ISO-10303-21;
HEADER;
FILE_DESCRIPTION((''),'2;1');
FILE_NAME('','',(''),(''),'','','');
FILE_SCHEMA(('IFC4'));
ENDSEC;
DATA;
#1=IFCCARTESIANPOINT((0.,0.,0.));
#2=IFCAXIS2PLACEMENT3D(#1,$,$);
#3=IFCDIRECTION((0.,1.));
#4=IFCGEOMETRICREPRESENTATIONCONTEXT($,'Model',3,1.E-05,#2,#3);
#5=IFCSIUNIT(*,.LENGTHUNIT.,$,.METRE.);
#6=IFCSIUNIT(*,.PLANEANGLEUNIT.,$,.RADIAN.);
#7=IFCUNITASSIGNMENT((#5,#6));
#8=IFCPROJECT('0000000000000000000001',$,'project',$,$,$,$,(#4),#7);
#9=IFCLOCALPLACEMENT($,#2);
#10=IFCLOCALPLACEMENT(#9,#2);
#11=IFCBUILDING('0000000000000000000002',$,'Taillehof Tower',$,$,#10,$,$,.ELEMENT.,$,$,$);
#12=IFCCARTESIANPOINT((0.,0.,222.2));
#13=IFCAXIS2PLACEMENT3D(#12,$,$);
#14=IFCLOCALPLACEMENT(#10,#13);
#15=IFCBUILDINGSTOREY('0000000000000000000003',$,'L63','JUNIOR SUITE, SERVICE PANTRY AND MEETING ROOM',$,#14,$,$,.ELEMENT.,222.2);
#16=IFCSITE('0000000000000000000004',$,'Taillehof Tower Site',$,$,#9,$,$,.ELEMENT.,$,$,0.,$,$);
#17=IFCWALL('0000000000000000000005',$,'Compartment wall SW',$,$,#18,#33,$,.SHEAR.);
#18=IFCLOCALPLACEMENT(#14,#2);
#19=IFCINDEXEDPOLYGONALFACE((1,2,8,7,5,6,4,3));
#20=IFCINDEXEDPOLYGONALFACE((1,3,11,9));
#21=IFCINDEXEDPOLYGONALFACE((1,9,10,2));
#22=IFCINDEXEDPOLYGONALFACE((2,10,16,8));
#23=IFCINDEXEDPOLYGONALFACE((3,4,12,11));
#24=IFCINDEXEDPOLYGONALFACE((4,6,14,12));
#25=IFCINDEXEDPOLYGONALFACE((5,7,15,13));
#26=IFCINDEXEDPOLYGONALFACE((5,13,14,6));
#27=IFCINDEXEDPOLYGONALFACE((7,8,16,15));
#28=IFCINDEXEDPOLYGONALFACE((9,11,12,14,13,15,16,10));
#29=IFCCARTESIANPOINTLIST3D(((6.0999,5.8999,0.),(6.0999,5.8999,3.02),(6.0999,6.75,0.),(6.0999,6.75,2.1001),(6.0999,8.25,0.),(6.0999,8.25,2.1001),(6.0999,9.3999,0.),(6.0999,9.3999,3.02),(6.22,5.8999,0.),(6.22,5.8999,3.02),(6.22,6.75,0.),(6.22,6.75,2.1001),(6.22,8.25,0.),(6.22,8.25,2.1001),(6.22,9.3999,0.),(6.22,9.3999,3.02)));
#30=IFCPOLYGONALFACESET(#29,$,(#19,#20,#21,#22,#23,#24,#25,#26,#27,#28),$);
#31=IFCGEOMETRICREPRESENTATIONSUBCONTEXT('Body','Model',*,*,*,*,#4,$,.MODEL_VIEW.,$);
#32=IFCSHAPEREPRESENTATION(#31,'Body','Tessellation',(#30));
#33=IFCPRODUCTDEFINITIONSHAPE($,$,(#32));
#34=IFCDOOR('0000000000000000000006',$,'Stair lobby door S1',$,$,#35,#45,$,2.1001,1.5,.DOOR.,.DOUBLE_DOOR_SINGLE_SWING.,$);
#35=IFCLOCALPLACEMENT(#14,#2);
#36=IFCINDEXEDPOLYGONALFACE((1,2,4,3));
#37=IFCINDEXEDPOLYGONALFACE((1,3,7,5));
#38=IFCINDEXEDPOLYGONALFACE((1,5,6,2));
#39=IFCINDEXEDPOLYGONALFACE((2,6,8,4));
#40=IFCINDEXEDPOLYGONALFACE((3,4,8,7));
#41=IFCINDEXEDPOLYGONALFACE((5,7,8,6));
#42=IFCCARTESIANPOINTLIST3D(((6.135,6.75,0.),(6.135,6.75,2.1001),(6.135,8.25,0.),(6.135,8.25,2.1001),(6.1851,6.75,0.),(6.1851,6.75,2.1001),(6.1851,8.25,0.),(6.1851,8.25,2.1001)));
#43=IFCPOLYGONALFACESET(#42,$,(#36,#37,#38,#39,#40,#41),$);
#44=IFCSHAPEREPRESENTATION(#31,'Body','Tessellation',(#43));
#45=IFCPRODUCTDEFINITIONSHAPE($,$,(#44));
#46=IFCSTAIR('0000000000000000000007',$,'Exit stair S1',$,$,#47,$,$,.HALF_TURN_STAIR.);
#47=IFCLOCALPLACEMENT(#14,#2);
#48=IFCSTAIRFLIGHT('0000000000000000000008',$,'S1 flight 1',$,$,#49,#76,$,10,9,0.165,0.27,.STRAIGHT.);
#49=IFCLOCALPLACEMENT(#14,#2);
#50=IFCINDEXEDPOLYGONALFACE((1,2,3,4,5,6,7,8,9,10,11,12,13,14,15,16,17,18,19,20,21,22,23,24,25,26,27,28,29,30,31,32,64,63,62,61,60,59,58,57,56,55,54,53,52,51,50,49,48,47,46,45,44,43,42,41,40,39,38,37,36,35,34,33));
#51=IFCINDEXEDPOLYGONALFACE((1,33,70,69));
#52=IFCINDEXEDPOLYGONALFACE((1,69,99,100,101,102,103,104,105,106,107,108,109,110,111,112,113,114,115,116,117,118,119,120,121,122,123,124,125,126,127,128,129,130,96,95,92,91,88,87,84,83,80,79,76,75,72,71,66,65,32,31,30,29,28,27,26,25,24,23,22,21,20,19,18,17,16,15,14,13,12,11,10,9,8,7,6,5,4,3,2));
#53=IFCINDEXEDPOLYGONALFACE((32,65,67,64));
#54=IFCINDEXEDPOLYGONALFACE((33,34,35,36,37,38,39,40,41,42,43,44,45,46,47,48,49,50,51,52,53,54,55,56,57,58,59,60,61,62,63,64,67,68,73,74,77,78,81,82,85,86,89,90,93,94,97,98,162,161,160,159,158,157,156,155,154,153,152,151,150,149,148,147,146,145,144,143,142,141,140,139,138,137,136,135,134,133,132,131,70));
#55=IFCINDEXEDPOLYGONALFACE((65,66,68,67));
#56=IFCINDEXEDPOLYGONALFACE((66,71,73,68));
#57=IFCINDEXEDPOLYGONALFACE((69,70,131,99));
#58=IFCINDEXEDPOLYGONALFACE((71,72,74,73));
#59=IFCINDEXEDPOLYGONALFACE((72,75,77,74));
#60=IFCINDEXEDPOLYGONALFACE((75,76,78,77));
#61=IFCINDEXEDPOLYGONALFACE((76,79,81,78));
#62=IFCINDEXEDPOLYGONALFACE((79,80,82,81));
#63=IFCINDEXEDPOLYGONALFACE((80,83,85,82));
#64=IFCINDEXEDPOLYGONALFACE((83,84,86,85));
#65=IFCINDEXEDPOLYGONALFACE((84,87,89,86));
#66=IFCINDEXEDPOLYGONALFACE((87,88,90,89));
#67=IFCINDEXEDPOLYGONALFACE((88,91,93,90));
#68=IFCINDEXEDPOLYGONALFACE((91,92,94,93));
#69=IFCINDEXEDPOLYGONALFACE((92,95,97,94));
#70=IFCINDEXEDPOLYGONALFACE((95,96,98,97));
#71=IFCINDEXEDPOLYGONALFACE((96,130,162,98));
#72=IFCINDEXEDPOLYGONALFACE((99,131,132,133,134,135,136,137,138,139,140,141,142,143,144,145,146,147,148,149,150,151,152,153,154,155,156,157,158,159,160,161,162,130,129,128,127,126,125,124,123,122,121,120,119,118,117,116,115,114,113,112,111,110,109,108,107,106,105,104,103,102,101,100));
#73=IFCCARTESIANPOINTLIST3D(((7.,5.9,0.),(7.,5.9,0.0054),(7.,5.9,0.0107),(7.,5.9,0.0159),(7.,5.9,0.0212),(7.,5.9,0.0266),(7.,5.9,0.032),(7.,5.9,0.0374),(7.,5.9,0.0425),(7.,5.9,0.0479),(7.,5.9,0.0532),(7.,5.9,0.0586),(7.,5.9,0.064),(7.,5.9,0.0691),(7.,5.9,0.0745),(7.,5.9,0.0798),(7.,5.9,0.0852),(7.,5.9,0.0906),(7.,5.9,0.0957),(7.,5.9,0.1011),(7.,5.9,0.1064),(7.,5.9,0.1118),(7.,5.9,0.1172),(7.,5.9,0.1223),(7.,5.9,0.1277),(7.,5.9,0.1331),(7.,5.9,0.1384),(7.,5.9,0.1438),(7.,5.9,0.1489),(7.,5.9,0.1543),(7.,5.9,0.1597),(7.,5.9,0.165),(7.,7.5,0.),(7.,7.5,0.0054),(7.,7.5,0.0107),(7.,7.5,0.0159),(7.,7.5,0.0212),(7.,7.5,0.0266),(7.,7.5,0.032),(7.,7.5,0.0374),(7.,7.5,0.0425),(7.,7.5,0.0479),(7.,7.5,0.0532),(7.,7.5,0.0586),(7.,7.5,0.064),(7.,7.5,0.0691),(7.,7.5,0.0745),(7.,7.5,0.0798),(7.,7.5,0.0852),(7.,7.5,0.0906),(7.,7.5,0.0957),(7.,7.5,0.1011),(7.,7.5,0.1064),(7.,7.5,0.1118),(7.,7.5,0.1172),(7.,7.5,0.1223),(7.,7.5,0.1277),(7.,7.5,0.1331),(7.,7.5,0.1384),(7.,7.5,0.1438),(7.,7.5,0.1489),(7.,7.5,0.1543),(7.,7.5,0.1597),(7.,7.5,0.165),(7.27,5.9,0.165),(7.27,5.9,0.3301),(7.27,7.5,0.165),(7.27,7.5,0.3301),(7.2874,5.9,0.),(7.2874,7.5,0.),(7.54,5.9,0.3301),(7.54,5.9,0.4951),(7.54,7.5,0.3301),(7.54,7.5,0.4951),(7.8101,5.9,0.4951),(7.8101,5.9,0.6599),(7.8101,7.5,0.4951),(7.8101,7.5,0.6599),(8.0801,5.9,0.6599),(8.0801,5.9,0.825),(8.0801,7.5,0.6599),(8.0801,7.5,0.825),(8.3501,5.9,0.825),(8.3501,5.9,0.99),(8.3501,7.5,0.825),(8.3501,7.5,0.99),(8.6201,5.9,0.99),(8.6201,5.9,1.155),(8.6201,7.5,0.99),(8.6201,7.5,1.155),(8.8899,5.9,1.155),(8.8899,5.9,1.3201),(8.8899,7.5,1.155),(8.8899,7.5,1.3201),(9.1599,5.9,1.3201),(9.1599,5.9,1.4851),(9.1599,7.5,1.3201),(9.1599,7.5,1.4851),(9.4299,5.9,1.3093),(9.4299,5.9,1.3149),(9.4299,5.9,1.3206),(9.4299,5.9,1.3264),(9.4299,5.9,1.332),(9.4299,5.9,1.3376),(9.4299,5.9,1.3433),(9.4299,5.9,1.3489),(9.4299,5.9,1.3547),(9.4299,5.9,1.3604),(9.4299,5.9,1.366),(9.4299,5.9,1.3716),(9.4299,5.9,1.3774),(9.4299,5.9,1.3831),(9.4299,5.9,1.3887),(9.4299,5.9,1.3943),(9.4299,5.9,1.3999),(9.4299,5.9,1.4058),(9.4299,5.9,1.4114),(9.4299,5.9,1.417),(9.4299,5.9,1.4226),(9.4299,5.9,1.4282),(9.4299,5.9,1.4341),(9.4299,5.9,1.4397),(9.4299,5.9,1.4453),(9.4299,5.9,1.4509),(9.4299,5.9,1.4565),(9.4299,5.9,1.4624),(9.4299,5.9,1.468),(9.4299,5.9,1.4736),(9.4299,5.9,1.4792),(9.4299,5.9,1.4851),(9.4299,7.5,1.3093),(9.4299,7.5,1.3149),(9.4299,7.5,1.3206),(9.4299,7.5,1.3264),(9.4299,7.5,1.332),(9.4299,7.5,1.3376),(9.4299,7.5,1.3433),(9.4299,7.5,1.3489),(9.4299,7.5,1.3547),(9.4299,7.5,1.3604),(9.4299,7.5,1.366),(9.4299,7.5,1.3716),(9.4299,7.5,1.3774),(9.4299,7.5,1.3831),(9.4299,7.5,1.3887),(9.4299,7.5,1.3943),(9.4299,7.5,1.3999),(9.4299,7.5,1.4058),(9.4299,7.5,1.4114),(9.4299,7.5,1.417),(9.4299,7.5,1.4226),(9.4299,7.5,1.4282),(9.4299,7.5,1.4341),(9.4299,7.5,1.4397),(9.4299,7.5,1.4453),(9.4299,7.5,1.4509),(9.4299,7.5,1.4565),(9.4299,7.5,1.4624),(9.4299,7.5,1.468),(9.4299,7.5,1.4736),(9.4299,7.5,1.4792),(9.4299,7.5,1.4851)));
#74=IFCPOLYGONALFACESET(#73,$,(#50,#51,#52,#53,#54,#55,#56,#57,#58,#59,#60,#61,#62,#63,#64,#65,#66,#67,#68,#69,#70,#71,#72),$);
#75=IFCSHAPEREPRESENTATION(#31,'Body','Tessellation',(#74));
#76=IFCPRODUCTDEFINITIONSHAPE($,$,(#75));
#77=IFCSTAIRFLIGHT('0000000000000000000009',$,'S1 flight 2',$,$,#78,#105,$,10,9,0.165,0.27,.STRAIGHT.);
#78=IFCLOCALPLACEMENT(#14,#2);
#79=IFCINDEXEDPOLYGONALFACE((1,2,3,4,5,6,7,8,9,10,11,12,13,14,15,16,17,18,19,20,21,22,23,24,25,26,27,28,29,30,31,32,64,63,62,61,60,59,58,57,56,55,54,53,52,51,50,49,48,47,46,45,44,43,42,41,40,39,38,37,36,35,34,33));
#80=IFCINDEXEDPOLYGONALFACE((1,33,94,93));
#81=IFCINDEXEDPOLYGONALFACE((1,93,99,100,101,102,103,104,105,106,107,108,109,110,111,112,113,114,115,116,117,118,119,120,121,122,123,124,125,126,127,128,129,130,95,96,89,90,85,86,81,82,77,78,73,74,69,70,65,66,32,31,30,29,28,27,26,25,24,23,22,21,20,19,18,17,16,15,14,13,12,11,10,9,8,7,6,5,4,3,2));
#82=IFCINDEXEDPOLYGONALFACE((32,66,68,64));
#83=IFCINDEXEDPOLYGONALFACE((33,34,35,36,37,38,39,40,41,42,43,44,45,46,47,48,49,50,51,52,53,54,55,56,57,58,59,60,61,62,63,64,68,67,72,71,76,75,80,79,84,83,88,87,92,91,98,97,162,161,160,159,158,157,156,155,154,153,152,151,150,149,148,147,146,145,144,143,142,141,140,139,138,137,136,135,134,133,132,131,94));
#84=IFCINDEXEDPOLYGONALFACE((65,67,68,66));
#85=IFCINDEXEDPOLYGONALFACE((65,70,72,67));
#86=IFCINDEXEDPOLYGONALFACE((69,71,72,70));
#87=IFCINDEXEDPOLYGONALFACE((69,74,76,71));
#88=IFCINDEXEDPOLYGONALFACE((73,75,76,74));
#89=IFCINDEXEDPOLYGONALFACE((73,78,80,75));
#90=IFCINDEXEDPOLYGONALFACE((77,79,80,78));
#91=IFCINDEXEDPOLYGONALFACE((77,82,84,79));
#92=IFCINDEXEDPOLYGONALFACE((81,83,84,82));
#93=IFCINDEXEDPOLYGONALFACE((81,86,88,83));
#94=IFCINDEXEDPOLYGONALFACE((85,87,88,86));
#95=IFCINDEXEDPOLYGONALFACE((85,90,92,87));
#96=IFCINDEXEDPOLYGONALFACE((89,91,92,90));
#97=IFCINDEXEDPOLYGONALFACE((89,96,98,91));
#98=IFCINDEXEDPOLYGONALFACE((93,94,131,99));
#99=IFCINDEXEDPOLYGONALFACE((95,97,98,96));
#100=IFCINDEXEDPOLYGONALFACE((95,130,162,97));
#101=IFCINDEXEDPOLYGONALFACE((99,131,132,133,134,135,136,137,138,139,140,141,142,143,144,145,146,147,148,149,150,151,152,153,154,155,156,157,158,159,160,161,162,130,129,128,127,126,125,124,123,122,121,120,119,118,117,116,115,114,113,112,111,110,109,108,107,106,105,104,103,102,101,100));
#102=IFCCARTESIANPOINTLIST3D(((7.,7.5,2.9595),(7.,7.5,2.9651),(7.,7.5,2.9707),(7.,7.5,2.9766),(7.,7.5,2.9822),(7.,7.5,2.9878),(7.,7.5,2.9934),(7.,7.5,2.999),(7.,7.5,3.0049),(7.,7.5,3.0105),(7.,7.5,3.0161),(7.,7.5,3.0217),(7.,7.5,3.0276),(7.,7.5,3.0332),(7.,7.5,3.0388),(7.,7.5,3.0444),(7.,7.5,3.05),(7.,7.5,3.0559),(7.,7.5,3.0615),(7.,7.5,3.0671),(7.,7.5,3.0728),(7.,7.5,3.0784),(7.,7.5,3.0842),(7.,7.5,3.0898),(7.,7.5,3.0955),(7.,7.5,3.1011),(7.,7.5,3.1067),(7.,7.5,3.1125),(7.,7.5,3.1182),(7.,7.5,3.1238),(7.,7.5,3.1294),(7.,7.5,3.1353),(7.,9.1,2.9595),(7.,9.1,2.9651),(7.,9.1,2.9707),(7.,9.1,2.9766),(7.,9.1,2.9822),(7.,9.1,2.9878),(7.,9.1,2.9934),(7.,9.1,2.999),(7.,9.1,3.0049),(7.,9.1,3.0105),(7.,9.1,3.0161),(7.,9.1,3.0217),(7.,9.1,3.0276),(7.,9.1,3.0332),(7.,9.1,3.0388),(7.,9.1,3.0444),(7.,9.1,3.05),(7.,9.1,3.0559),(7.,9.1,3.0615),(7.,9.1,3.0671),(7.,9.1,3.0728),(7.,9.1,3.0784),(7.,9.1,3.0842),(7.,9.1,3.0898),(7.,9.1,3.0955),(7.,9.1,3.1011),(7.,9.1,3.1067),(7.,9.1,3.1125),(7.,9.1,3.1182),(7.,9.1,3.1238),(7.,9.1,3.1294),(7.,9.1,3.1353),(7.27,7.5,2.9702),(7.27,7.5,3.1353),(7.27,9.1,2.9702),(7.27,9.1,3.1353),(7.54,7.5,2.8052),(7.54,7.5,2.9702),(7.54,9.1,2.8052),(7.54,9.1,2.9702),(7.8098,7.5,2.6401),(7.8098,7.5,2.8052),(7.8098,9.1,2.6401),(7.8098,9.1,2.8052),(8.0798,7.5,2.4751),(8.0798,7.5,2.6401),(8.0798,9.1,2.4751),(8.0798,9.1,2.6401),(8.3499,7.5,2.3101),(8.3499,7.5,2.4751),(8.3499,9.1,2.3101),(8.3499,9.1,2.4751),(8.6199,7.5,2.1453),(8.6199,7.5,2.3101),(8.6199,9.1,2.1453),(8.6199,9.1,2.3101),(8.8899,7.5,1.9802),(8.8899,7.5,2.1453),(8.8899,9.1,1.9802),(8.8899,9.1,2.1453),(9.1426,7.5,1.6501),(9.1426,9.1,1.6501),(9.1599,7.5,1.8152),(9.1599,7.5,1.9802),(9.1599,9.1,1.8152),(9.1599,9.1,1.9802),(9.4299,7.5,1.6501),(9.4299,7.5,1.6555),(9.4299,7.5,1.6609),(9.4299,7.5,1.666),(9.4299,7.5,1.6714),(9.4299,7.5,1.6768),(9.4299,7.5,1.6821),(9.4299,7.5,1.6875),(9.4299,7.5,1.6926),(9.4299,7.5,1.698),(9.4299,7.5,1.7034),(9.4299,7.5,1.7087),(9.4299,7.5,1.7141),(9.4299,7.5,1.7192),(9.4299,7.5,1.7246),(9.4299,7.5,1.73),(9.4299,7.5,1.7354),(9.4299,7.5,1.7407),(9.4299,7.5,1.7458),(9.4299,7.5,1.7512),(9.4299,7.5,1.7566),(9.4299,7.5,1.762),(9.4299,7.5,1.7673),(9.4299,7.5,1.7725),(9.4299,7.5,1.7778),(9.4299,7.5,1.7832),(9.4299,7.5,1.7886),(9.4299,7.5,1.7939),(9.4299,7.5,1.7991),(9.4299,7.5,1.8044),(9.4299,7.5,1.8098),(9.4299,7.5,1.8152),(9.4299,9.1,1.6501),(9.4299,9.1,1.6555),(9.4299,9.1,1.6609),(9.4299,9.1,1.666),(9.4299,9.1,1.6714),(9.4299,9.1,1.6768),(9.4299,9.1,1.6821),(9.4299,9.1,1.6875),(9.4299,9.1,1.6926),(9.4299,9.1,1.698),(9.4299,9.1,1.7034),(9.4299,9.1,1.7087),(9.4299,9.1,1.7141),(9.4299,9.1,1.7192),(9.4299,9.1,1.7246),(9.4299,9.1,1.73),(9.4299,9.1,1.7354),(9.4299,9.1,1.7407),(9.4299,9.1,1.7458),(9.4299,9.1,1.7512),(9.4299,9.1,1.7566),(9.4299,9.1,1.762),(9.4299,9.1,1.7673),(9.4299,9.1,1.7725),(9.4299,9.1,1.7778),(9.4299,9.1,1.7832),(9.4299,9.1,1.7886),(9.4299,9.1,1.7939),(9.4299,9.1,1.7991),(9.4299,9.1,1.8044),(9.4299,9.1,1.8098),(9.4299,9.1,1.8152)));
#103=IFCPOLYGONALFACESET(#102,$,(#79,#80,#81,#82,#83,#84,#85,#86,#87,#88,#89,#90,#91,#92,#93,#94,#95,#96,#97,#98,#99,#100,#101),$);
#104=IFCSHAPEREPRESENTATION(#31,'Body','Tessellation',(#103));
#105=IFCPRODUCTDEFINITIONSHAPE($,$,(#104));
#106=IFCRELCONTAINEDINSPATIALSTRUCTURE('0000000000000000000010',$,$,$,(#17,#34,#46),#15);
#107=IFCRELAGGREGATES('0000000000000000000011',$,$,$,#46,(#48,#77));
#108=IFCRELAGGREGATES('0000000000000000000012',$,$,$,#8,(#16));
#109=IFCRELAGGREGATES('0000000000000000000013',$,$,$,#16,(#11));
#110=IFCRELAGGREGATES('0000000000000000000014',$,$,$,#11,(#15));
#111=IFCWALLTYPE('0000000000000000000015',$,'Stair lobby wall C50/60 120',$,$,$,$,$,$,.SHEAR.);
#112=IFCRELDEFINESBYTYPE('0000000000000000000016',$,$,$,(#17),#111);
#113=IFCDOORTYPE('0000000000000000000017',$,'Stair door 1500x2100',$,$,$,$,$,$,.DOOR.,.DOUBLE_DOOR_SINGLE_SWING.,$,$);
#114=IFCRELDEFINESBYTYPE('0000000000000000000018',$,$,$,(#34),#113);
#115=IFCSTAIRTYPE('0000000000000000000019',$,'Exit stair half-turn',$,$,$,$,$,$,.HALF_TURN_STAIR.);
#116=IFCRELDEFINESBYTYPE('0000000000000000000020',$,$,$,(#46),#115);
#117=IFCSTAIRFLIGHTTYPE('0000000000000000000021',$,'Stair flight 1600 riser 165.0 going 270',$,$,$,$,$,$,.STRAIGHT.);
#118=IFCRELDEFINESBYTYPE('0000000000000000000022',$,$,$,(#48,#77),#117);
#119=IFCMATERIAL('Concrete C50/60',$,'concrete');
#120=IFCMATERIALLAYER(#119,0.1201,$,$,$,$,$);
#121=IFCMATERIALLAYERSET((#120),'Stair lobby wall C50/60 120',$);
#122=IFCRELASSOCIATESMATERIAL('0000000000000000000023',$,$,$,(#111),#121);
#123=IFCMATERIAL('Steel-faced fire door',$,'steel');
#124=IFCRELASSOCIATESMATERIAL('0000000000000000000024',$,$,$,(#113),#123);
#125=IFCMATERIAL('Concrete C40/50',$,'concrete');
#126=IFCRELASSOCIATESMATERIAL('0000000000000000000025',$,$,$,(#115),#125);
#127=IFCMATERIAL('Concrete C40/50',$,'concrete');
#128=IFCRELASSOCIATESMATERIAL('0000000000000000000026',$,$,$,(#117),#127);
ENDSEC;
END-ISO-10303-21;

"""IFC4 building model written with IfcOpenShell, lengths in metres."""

from ifc_helpers import new_model, si_unit, direction, frame, frame_2d, origin, place, context, subcontext, project, spatial, polyline, rectangle, outline, extrude, material, layer, layer_set, type_object, element, fill, aggregate, save


model = new_model("IFC4")

# Units and contexts
model_context = context("Model", 3, precision=1e-05, world=origin(), true_north=direction((0.0, 1.0)))
body_context = subcontext(model_context, "Body", "Model", "MODEL_VIEW")
ifc_project = project(units=[si_unit("LENGTHUNIT", "METRE"), si_unit("PLANEANGLEUNIT", "RADIAN")], contexts=[model_context])

# Site, building, storey
site_placement = place(None, origin())
site = spatial("IfcSite", under=ifc_project, at=site_placement, Name="Taillehof Tower Site", CompositionType="ELEMENT", RefElevation=0.0)
building_placement = place(site_placement, origin())
building = spatial("IfcBuilding", under=site, at=building_placement, Name="Taillehof Tower", CompositionType="ELEMENT")
storey_placement = place(building_placement, frame((0.0, 0.0, 222.2)))
storey = spatial("IfcBuildingStorey", under=building, at=storey_placement, Name="L63", Description="JUNIOR SUITE, SERVICE PANTRY AND MEETING ROOM", CompositionType="ELEMENT", Elevation=222.2)

# Wall, opening, door
ifc_material_1 = material(Name="Concrete C50/60", Category="concrete")
ifc_layer_1 = layer(ifc_material_1, 0.1201)
ifc_layer_set_1 = layer_set([ifc_layer_1], Name="Stair lobby wall C50/60 120")
wall_type_1 = type_object("IfcWallType", Name="Stair lobby wall C50/60 120", PredefinedType="SHEAR", material=ifc_layer_set_1)
wall_1_placement = place(storey_placement, frame((6.1599, 5.8999, 0.0), z_axis=(0.0, 0.0, 1.0), x_axis=(0.0, 1.0, 0.0)))
wall_1 = element("IfcWall", 1, at=wall_1_placement, inside=storey, type_object=wall_type_1, Name="Compartment wall SW", PredefinedType="SHEAR", context=body_context, shape_type="SweptSolid", body=[
    extrude(rectangle(XDim=3.5, YDim=0.1201, at=frame_2d((1.75, 0.0))), origin(), (0.0, 0.0, 1.0), 3.02),
])
opening_1_placement = place(wall_1_placement, frame((0.8501, 0.0, 0.0)))
opening_1 = element("IfcOpeningElement", 2, at=opening_1_placement, cuts=wall_1, PredefinedType="OPENING", context=body_context, shape_type="SweptSolid", body=[
    extrude(rectangle(XDim=1.5, YDim=2.1001, at=frame_2d((0.75, 1.05))), frame((0.0, 0.0701, 0.0), z_axis=(0.0, -1.0, 0.0), x_axis=(1.0, 0.0, 0.0)), (0.0, 0.0, 1.0), 0.1401),
])
ifc_material_2 = material(Name="Steel-faced fire door", Category="steel")
door_type_1 = type_object("IfcDoorType", Name="Stair door 1500x2100", OperationType="DOUBLE_DOOR_SINGLE_SWING", PredefinedType="DOOR", material=ifc_material_2)
door_1_placement = place(opening_1_placement, origin())
door_1 = element("IfcDoor", 3, at=door_1_placement, inside=storey, type_object=door_type_1, Name="Stair lobby door S1", OperationType="DOUBLE_DOOR_SINGLE_SWING", OverallHeight=2.1001, OverallWidth=1.5, PredefinedType="DOOR", context=body_context, shape_type="SweptSolid", body=[
    extrude(rectangle(XDim=1.5, YDim=2.1001, at=frame_2d((0.75, 1.05))), frame((0.0, 0.0249, 0.0), z_axis=(0.0, -1.0, 0.0), x_axis=(1.0, 0.0, 0.0)), (0.0, 0.0, 1.0), 0.05),
])
fill(opening_1, door_1)

# Stair, stair flights
ifc_material_3 = material(Name="Concrete C40/50", Category="concrete")
stair_type = type_object("IfcStairType", Name="Exit stair half-turn", PredefinedType="HALF_TURN_STAIR", material=ifc_material_3)
stair_placement = place(storey_placement, origin())
stair = element("IfcStair", 4, at=stair_placement, inside=storey, type_object=stair_type, Name="Exit stair S1", PredefinedType="HALF_TURN_STAIR")
ifc_material_4 = material(Name="Concrete C40/50", Category="concrete")
stair_flight_type = type_object("IfcStairFlightType", Name="Stair flight 1600 riser 165.0 going 270", PredefinedType="STRAIGHT", material=ifc_material_4)
stair_flight_1_placement = place(storey_placement, frame((7.0, 6.7, 0.0), z_axis=(0.0, 0.0, 1.0), x_axis=(1.0, 0.0, 0.0)))
stair_flight_1 = element("IfcStairFlight", 5, at=stair_flight_1_placement, type_object=stair_flight_type, Name="S1 flight 1", NumberOfRisers=10, NumberOfTreads=9, PredefinedType="STRAIGHT", RiserHeight=0.165, TreadLength=0.27, context=body_context, shape_type="SweptSolid", body=[
    extrude(outline(polyline([(0.0, 0.0), (0.0, 0.0054), (0.0, 0.0107), (0.0, 0.0159), (0.0, 0.0212), (0.0, 0.0266), (0.0, 0.032), (0.0, 0.0374), (0.0, 0.0425), (0.0, 0.0479), (0.0, 0.0532), (0.0, 0.0586), (0.0, 0.064), (0.0, 0.0691), (0.0, 0.0745), (0.0, 0.0798), (0.0, 0.0852), (0.0, 0.0906), (0.0, 0.0957), (0.0, 0.1011), (0.0, 0.1064), (0.0, 0.1118), (0.0, 0.1172), (0.0, 0.1223), (0.0, 0.1277), (0.0, 0.1331), (0.0, 0.1384), (0.0, 0.1438), (0.0, 0.1489), (0.0, 0.1543), (0.0, 0.1597), (0.0, 0.165), (0.27, 0.165), (0.27, 0.3301), (0.54, 0.3301), (0.54, 0.4951), (0.8101, 0.4951), (0.8101, 0.6599), (1.0801, 0.6599), (1.0801, 0.825), (1.3501, 0.825), (1.3501, 0.99), (1.6201, 0.99), (1.6201, 1.155), (1.8899, 1.155), (1.8899, 1.3201), (2.1599, 1.3201), (2.1599, 1.4851), (2.4299, 1.4851), (2.4299, 1.4792), (2.4299, 1.4736), (2.4299, 1.468), (2.4299, 1.4624), (2.4299, 1.4565), (2.4299, 1.4509), (2.4299, 1.4453), (2.4299, 1.4397), (2.4299, 1.4341), (2.4299, 1.4282), (2.4299, 1.4226), (2.4299, 1.417), (2.4299, 1.4114), (2.4299, 1.4058), (2.4299, 1.3999), (2.4299, 1.3943), (2.4299, 1.3887), (2.4299, 1.3831), (2.4299, 1.3774), (2.4299, 1.3716), (2.4299, 1.366), (2.4299, 1.3604), (2.4299, 1.3547), (2.4299, 1.3489), (2.4299, 1.3433), (2.4299, 1.3376), (2.4299, 1.332), (2.4299, 1.3264), (2.4299, 1.3206), (2.4299, 1.3149), (2.4299, 1.3093), (0.2874, 0.0), (0.0, 0.0)])), frame((0.0, 0.8, 0.0), z_axis=(0.0, -1.0, 0.0), x_axis=(1.0, 0.0, 0.0)), (0.0, 0.0, 1.0), 1.6),
])
stair_flight_2_placement = place(storey_placement, frame((9.4299, 8.3, 1.6501), z_axis=(0.0, 0.0, 1.0), x_axis=(-1.0, 0.0, 0.0)))
stair_flight_2 = element("IfcStairFlight", 6, at=stair_flight_2_placement, type_object=stair_flight_type, Name="S1 flight 2", NumberOfRisers=10, NumberOfTreads=9, PredefinedType="STRAIGHT", RiserHeight=0.165, TreadLength=0.27, context=body_context, shape_type="SweptSolid", body=[
    extrude(outline(polyline([(0.0, 0.0), (0.0, 0.0054), (0.0, 0.0107), (0.0, 0.0159), (0.0, 0.0212), (0.0, 0.0266), (0.0, 0.032), (0.0, 0.0374), (0.0, 0.0425), (0.0, 0.0479), (0.0, 0.0532), (0.0, 0.0586), (0.0, 0.064), (0.0, 0.0691), (0.0, 0.0745), (0.0, 0.0798), (0.0, 0.0852), (0.0, 0.0906), (0.0, 0.0957), (0.0, 0.1011), (0.0, 0.1064), (0.0, 0.1118), (0.0, 0.1172), (0.0, 0.1223), (0.0, 0.1277), (0.0, 0.1331), (0.0, 0.1384), (0.0, 0.1438), (0.0, 0.1489), (0.0, 0.1543), (0.0, 0.1597), (0.0, 0.165), (0.27, 0.165), (0.27, 0.3301), (0.54, 0.3301), (0.54, 0.4951), (0.8101, 0.4951), (0.8101, 0.6599), (1.0801, 0.6599), (1.0801, 0.825), (1.3501, 0.825), (1.3501, 0.99), (1.6201, 0.99), (1.6201, 1.155), (1.8899, 1.155), (1.8899, 1.3201), (2.1599, 1.3201), (2.1599, 1.4851), (2.4299, 1.4851), (2.4299, 1.4792), (2.4299, 1.4736), (2.4299, 1.468), (2.4299, 1.4624), (2.4299, 1.4565), (2.4299, 1.4509), (2.4299, 1.4453), (2.4299, 1.4397), (2.4299, 1.4341), (2.4299, 1.4282), (2.4299, 1.4226), (2.4299, 1.417), (2.4299, 1.4114), (2.4299, 1.4058), (2.4299, 1.3999), (2.4299, 1.3943), (2.4299, 1.3887), (2.4299, 1.3831), (2.4299, 1.3774), (2.4299, 1.3716), (2.4299, 1.366), (2.4299, 1.3604), (2.4299, 1.3547), (2.4299, 1.3489), (2.4299, 1.3433), (2.4299, 1.3376), (2.4299, 1.332), (2.4299, 1.3264), (2.4299, 1.3206), (2.4299, 1.3149), (2.4299, 1.3093), (0.2874, 0.0), (0.0, 0.0)])), frame((0.0, 0.8, 0.0), z_axis=(0.0, -1.0, 0.0), x_axis=(1.0, 0.0, 0.0)), (0.0, 0.0, 1.0), 1.6),
])
aggregate(stair, [stair_flight_1, stair_flight_2])

save(model, "model.ifc")
